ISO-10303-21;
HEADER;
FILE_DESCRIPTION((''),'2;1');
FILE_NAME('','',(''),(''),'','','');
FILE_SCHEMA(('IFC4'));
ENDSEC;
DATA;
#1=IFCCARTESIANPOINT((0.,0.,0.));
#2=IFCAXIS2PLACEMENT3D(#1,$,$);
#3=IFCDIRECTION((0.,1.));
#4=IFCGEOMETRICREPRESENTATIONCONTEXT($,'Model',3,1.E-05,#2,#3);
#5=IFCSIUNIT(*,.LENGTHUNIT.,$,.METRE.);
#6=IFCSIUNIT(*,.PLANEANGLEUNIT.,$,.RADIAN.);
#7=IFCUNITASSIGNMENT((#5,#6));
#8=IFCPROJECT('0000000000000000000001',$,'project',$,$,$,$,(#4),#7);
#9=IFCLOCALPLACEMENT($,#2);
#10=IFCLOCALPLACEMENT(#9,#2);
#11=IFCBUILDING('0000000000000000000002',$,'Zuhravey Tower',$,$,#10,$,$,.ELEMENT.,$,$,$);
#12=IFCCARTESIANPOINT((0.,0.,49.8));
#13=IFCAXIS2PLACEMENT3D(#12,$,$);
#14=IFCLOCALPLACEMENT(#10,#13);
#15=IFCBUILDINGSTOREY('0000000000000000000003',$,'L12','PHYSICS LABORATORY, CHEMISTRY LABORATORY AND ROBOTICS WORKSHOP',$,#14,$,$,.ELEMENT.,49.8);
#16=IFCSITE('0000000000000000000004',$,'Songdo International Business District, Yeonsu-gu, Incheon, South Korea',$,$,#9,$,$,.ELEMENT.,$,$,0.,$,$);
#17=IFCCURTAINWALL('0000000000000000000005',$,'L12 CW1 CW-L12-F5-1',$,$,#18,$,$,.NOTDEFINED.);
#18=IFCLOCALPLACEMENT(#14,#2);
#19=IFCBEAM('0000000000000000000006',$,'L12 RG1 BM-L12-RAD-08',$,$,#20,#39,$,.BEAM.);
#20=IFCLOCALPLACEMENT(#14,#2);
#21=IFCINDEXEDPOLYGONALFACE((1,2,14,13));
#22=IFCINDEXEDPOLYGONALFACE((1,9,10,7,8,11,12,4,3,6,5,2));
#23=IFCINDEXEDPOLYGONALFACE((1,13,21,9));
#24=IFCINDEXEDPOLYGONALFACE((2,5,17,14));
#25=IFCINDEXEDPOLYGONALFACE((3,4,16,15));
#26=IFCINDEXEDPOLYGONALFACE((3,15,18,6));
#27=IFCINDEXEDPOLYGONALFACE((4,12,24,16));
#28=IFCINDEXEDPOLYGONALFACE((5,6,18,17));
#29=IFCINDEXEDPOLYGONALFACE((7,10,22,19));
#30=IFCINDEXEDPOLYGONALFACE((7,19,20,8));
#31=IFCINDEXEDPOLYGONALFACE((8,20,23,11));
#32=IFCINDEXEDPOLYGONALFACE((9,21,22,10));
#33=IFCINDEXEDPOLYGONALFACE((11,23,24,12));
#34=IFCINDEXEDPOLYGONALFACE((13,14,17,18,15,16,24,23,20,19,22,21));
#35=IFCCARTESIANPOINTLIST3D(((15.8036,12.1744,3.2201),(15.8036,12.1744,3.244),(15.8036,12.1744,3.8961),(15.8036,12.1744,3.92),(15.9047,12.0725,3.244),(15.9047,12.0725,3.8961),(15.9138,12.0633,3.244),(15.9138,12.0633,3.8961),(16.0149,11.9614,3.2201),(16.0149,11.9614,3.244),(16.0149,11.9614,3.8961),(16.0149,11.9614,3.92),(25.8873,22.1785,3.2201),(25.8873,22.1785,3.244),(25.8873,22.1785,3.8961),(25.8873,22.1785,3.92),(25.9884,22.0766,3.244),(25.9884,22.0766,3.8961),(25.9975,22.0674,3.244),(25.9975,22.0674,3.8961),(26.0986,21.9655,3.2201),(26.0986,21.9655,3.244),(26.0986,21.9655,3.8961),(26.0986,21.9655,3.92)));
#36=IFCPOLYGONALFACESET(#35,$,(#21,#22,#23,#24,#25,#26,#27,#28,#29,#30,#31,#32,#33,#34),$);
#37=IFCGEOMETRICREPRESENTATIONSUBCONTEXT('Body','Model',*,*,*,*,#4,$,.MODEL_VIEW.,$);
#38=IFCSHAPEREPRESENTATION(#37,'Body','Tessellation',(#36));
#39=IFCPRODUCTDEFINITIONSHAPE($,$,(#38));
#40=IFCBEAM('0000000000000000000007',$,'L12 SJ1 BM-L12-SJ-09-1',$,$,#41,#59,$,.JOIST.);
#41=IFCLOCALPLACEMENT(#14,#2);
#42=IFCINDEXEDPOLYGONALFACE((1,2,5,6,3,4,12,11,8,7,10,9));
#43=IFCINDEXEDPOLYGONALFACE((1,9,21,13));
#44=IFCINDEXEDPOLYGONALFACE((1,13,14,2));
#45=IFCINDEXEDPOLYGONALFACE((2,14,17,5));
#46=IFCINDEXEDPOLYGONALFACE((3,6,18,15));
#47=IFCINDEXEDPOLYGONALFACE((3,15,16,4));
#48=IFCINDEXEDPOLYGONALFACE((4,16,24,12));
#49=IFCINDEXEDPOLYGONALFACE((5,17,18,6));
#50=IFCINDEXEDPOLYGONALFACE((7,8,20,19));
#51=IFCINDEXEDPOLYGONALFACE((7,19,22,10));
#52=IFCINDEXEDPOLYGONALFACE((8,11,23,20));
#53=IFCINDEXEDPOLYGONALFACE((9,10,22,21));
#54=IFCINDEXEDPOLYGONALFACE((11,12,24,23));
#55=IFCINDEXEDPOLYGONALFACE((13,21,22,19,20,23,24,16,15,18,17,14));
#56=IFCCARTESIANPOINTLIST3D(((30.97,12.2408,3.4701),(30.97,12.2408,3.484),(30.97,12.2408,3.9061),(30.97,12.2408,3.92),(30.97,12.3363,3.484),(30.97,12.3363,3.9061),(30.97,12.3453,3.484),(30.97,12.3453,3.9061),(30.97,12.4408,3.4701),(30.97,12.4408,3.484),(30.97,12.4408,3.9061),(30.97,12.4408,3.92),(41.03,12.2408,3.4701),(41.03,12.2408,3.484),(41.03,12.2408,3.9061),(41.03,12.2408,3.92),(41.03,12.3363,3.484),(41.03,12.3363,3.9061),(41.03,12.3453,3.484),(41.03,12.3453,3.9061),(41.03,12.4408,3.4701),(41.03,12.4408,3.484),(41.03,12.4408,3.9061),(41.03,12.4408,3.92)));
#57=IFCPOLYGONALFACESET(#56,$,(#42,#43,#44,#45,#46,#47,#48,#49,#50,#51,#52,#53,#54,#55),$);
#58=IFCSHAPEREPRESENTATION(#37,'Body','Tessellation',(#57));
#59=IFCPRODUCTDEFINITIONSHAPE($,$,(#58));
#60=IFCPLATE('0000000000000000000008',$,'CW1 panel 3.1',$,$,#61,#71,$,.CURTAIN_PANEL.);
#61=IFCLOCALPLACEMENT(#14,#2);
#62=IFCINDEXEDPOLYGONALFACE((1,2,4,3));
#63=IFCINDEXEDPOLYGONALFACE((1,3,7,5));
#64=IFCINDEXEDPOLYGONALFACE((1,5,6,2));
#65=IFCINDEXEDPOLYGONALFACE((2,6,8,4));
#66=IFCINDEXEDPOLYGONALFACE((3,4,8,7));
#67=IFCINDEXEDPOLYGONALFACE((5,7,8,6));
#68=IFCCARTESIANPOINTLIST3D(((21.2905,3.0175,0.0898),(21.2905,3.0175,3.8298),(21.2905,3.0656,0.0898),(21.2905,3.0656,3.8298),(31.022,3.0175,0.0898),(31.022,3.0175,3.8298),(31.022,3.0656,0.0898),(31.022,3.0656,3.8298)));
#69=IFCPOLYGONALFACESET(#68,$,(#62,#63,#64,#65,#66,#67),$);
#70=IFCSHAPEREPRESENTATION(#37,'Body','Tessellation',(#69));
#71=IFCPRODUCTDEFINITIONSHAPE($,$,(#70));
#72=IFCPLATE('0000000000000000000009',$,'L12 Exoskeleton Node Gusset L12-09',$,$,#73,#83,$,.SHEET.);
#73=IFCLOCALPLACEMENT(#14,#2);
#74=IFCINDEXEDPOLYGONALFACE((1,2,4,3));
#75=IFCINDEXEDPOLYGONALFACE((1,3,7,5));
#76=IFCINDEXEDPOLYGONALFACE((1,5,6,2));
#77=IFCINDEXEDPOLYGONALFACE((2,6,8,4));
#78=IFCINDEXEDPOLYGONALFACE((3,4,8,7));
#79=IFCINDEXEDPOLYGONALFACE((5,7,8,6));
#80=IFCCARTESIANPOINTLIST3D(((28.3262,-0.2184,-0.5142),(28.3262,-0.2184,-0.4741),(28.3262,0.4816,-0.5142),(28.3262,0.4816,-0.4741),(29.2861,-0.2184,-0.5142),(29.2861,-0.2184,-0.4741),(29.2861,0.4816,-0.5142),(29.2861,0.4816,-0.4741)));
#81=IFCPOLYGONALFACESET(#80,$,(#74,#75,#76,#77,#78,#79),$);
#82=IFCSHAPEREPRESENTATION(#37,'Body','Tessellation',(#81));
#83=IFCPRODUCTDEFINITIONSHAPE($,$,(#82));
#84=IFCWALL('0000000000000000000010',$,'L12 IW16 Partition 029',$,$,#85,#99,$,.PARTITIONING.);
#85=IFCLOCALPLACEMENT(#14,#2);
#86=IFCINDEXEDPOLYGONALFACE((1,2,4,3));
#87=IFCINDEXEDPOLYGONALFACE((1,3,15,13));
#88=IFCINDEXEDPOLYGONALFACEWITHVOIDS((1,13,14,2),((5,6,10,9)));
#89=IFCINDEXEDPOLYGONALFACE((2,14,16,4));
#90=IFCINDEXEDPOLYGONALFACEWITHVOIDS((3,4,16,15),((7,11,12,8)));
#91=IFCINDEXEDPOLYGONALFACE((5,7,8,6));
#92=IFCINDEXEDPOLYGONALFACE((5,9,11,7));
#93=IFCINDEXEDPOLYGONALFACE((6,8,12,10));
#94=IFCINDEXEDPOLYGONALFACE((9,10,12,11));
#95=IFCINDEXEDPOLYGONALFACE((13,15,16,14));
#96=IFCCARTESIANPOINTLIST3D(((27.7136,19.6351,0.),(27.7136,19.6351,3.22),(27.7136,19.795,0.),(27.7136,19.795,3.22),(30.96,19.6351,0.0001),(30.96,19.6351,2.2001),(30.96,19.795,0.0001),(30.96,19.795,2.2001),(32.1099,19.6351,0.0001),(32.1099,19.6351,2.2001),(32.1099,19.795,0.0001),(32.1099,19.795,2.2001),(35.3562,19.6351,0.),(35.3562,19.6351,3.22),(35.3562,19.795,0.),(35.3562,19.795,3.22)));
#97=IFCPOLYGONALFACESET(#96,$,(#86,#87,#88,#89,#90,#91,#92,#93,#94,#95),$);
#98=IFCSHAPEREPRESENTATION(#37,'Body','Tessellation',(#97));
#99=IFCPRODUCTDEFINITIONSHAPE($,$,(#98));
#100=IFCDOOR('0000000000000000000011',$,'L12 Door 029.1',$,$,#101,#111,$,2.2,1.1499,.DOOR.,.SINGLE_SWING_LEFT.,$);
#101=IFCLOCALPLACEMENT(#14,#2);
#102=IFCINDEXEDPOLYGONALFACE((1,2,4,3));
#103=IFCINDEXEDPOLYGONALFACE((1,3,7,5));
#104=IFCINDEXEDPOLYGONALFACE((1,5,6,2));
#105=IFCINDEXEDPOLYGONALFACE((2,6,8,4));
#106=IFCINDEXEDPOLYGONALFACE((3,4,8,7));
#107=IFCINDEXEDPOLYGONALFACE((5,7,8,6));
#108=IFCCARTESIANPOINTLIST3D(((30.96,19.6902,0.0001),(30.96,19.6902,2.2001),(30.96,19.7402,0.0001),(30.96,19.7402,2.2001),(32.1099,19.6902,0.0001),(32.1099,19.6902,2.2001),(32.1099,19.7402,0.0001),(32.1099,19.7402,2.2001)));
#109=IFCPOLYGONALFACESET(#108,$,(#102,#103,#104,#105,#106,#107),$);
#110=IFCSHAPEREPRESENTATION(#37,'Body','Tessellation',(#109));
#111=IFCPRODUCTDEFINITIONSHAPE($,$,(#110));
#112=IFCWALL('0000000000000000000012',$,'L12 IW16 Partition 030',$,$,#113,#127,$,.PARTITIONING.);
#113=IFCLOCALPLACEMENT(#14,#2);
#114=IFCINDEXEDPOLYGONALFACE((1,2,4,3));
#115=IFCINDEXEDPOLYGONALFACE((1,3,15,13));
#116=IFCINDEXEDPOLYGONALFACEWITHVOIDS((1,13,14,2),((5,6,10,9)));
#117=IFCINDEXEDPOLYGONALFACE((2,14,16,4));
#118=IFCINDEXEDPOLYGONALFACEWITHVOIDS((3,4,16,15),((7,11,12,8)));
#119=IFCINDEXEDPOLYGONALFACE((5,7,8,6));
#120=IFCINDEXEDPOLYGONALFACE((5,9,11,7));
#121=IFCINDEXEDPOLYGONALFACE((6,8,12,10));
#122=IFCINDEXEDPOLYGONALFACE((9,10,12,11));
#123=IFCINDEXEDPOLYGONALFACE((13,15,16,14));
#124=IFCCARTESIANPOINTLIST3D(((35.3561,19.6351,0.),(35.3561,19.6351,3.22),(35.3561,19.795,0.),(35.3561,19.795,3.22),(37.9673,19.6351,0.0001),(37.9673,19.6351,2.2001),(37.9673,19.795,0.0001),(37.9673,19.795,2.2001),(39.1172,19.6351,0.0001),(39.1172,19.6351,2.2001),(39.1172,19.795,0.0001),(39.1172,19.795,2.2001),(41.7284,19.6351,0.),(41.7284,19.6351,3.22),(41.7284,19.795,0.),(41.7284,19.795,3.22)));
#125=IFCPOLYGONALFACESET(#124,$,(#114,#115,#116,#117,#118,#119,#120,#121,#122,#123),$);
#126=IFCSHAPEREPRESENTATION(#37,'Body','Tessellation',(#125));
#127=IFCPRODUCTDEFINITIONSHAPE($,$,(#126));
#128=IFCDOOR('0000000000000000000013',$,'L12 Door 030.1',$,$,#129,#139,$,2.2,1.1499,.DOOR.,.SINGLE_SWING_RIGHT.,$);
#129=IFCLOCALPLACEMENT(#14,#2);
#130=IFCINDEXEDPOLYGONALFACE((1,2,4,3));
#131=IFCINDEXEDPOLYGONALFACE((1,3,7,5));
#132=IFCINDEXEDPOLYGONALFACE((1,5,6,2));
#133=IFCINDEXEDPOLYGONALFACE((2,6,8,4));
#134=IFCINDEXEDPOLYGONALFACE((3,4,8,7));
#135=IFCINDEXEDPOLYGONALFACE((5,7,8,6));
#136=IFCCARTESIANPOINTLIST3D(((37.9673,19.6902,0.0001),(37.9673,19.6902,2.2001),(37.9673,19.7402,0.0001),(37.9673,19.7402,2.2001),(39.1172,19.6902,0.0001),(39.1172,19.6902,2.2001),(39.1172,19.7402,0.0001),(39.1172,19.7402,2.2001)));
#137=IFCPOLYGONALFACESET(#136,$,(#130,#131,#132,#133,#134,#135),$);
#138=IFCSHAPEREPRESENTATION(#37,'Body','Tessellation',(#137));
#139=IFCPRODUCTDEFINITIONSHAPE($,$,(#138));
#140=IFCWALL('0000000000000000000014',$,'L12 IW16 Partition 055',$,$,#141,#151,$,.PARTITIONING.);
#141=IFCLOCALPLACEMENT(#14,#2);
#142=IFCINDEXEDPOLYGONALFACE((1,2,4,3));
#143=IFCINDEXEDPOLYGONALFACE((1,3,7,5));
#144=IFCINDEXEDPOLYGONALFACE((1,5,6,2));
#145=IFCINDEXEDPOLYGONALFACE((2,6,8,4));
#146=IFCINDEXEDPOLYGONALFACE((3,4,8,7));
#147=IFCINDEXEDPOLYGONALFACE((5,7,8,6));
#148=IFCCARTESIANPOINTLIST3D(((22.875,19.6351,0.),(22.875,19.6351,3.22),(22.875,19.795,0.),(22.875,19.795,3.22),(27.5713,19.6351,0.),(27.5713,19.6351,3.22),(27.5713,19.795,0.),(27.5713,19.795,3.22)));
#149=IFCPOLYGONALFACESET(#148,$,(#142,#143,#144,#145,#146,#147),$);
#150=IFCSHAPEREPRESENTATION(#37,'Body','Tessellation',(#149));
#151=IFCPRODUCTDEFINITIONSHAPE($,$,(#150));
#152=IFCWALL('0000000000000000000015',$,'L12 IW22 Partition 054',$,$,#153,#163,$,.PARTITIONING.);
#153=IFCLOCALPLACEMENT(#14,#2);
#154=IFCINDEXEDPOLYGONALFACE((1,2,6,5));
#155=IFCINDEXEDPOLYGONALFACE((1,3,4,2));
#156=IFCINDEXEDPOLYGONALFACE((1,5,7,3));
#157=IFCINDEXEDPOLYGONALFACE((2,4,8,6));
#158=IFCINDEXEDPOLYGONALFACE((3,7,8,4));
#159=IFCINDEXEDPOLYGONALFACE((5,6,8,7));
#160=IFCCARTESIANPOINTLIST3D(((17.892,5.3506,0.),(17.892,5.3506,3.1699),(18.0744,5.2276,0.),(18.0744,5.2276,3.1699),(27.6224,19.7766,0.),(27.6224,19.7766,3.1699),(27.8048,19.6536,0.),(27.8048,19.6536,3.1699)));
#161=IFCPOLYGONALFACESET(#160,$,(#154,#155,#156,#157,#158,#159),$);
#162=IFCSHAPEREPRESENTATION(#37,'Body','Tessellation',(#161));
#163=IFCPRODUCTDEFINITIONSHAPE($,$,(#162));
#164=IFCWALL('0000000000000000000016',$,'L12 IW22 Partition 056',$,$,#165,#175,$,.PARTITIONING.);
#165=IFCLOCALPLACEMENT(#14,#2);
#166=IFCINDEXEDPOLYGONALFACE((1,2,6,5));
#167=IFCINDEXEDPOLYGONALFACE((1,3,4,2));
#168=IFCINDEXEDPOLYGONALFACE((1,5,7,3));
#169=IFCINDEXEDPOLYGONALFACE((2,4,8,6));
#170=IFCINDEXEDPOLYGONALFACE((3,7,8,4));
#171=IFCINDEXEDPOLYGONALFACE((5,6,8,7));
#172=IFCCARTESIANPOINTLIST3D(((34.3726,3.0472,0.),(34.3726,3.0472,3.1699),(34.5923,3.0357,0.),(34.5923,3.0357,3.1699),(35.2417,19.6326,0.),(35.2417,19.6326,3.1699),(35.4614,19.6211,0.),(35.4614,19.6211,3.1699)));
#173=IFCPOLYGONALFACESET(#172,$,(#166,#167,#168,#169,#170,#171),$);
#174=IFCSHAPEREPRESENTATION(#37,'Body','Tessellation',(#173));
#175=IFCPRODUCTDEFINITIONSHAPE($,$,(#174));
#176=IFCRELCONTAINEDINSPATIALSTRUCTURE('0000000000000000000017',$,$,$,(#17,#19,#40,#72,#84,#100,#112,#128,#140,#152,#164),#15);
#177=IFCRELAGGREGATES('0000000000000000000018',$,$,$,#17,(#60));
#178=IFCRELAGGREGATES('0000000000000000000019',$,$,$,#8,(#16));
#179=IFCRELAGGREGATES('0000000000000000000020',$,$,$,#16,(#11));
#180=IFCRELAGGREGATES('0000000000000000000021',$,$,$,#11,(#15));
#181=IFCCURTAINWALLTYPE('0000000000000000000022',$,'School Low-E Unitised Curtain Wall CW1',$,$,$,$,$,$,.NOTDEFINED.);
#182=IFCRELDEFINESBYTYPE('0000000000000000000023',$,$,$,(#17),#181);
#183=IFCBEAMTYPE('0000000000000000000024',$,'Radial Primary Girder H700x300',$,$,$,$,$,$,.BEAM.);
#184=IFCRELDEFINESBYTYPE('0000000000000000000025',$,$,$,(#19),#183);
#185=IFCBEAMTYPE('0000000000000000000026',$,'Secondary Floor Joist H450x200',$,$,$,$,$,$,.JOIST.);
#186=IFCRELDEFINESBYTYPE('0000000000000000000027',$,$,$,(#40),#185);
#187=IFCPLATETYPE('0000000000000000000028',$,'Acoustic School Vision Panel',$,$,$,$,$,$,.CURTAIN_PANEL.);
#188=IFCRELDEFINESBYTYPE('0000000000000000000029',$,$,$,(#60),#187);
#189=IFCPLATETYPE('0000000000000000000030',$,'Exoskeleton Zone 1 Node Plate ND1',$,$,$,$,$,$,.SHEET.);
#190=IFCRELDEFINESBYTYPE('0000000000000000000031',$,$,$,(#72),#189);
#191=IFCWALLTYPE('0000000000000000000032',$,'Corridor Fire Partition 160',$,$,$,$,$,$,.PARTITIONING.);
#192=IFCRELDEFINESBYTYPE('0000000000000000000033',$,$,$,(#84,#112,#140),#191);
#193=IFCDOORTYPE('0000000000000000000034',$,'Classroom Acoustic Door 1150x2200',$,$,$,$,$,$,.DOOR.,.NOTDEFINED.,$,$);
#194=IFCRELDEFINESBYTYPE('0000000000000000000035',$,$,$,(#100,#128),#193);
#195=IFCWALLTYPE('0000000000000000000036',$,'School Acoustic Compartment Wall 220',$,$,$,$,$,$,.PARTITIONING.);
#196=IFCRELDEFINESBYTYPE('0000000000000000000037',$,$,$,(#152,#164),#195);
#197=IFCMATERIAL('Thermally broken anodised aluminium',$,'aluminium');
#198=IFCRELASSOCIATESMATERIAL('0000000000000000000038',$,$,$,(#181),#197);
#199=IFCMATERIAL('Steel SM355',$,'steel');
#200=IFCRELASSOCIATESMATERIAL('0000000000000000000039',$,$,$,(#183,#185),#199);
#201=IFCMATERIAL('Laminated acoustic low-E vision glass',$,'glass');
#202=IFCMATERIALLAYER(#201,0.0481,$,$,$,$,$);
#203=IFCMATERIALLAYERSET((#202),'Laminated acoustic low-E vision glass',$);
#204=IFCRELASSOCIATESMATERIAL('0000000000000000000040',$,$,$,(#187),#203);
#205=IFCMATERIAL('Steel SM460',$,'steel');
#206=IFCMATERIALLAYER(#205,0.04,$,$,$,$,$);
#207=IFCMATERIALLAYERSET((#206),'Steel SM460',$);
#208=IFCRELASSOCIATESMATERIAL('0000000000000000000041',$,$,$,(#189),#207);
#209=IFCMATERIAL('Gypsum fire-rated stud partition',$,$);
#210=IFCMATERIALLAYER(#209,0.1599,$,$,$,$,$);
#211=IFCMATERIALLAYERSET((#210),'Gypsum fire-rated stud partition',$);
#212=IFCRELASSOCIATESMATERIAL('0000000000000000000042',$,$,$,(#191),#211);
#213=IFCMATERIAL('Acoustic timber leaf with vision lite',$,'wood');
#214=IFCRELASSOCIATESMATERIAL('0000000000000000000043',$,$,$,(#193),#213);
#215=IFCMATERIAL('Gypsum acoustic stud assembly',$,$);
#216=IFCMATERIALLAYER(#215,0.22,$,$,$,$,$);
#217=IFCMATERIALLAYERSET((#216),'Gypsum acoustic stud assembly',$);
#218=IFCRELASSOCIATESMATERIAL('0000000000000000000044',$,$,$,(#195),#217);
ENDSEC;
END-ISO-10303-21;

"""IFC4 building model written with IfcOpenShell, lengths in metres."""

from ifc_helpers import new_model, si_unit, direction, frame, frame_2d, origin, origin_2d, place, context, subcontext, project, spatial, rectangle, i_section, extrude, material, layer, layer_set, material_profile, profile_set, type_object, element, fill, aggregate, save


model = new_model("IFC4")

# Units and contexts
model_context = context("Model", 3, precision=1e-05, world=origin(), true_north=direction((0.0, 1.0)))
body_context = subcontext(model_context, "Body", "Model", "MODEL_VIEW")
ifc_project = project(units=[si_unit("LENGTHUNIT", "METRE"), si_unit("PLANEANGLEUNIT", "RADIAN")], contexts=[model_context])

# Site, building, storey
site_placement = place(None, origin())
site = spatial("IfcSite", under=ifc_project, at=site_placement, Name="Songdo International Business District, Yeonsu-gu, Incheon, South Korea", CompositionType="ELEMENT", RefElevation=0.0)
building_placement = place(site_placement, origin())
building = spatial("IfcBuilding", under=site, at=building_placement, Name="Zuhravey Tower", CompositionType="ELEMENT")
storey_placement = place(building_placement, frame((0.0, 0.0, 49.8)))
storey = spatial("IfcBuildingStorey", under=building, at=storey_placement, Name="L12", Description="PHYSICS LABORATORY, CHEMISTRY LABORATORY AND ROBOTICS WORKSHOP", CompositionType="ELEMENT", Elevation=49.8)

# Curtain wall
ifc_material_1 = material(Name="Thermally broken anodised aluminium", Category="aluminium")
curtain_wall_type = type_object("IfcCurtainWallType", Name="School Low-E Unitised Curtain Wall CW1", PredefinedType="NOTDEFINED", material=ifc_material_1)
curtain_wall_placement = place(storey_placement, origin())
curtain_wall = element("IfcCurtainWall", 1, at=curtain_wall_placement, inside=storey, type_object=curtain_wall_type, Name="L12 CW1 CW-L12-F5-1", PredefinedType="NOTDEFINED")

# Shared definitions
ifc_material_2 = material(Name="Steel SM355", Category="steel")
ifc_material_3 = material(Name="Steel SM460", Category="steel")

# Beams
ifc_material_profile_1 = material_profile(ifc_material_2, i_section(OverallWidth=0.3, OverallDepth=0.7, WebThickness=0.0129, FlangeThickness=0.0239, at=origin_2d()), Name="H-700x300x13x24")
ifc_profile_set_1 = profile_set([ifc_material_profile_1], Name="Steel SM355")
beam_type_1 = type_object("IfcBeamType", Name="Radial Primary Girder H700x300", PredefinedType="BEAM", material=ifc_profile_set_1)
beam_1_placement = place(storey_placement, frame((25.9929, 22.072, 3.5701), z_axis=(-0.709903, -0.7043, 0.0), x_axis=(0.7043, -0.709903, 0.0)))
element("IfcBeam", 2, at=beam_1_placement, inside=storey, type_object=beam_type_1, Name="L12 RG1 BM-L12-RAD-08", PredefinedType="BEAM", context=body_context, shape_type="SweptSolid", body=[
    extrude(i_section(OverallWidth=0.3, OverallDepth=0.7, WebThickness=0.0129, FlangeThickness=0.0239, at=origin_2d()), origin(), (0.0, 0.0, 1.0), 14.2043),
])
ifc_material_profile_2 = material_profile(ifc_material_2, i_section(OverallWidth=0.2, OverallDepth=0.45, WebThickness=0.009, FlangeThickness=0.0139, at=origin_2d()), Name="H-450x200x9x14")
ifc_profile_set_2 = profile_set([ifc_material_profile_2], Name="Steel SM355")
beam_type_2 = type_object("IfcBeamType", Name="Secondary Floor Joist H450x200", PredefinedType="JOIST", material=ifc_profile_set_2)
beam_2_placement = place(storey_placement, frame((30.97, 12.3408, 3.6951), z_axis=(1.0, 0.0, 0.0), x_axis=(0.0, 1.0, 0.0)))
element("IfcBeam", 3, at=beam_2_placement, inside=storey, type_object=beam_type_2, Name="L12 SJ1 BM-L12-SJ-09-1", PredefinedType="JOIST", context=body_context, shape_type="SweptSolid", body=[
    extrude(i_section(OverallWidth=0.2, OverallDepth=0.45, WebThickness=0.009, FlangeThickness=0.0139, at=origin_2d()), origin(), (0.0, 0.0, 1.0), 10.0601),
])

# Plates
ifc_material_4 = material(Name="Laminated acoustic low-E vision glass", Category="glass")
ifc_layer_1 = layer(ifc_material_4, 0.0481)
ifc_layer_set_1 = layer_set([ifc_layer_1], Name="Laminated acoustic low-E vision glass")
plate_type_1 = type_object("IfcPlateType", Name="Acoustic School Vision Panel", PredefinedType="CURTAIN_PANEL", material=ifc_layer_set_1)
plate_1_placement = place(storey_placement, frame((26.1562, 3.0415, 0.0898), z_axis=(0.0, 0.0, 1.0), x_axis=(-1.0, 0.0, 0.0)))
plate_1 = element("IfcPlate", 4, at=plate_1_placement, type_object=plate_type_1, Name="CW1 panel 3.1", PredefinedType="CURTAIN_PANEL", context=body_context, shape_type="SweptSolid", body=[
    extrude(rectangle(XDim=9.7314, YDim=0.0481, at=origin_2d()), origin(), (0.0, 0.0, 1.0), 3.74),
])
aggregate(curtain_wall, [plate_1])
ifc_layer_2 = layer(ifc_material_3, 0.04)
ifc_layer_set_2 = layer_set([ifc_layer_2], Name="Steel SM460")
plate_type_2 = type_object("IfcPlateType", Name="Exoskeleton Zone 1 Node Plate ND1", PredefinedType="SHEET", material=ifc_layer_set_2)
plate_2_placement = place(storey_placement, frame((28.8062, 0.1316, -0.5142), z_axis=(0.0, 0.0, 1.0), x_axis=(1.0, 0.0, 0.0)))
element("IfcPlate", 5, at=plate_2_placement, inside=storey, type_object=plate_type_2, Name="L12 Exoskeleton Node Gusset L12-09", PredefinedType="SHEET", context=body_context, shape_type="SweptSolid", body=[
    extrude(rectangle(XDim=0.96, YDim=0.7, at=origin_2d()), origin(), (0.0, 0.0, 1.0), 0.04),
])

# Walls, openings, doors
ifc_material_5 = material(Name="Gypsum fire-rated stud partition")
ifc_layer_3 = layer(ifc_material_5, 0.1599)
ifc_layer_set_3 = layer_set([ifc_layer_3], Name="Gypsum fire-rated stud partition")
wall_type_1 = type_object("IfcWallType", Name="Corridor Fire Partition 160", PredefinedType="PARTITIONING", material=ifc_layer_set_3)
wall_1_placement = place(storey_placement, frame((27.7136, 19.7151, 0.0), z_axis=(0.0, 0.0, 1.0), x_axis=(1.0, 0.0, 0.0)))
wall_1 = element("IfcWall", 6, at=wall_1_placement, inside=storey, type_object=wall_type_1, Name="L12 IW16 Partition 029", PredefinedType="PARTITIONING", context=body_context, shape_type="SweptSolid", body=[
    extrude(rectangle(XDim=7.6426, YDim=0.1599, at=frame_2d((3.8213, 0.0))), origin(), (0.0, 0.0, 1.0), 3.22),
])
opening_1_placement = place(wall_1_placement, frame((3.2463, 0.0, 0.0)))
opening_1 = element("IfcOpeningElement", 7, at=opening_1_placement, cuts=wall_1, PredefinedType="OPENING", context=body_context, shape_type="SweptSolid", body=[
    extrude(rectangle(XDim=1.1499, YDim=2.2, at=frame_2d((0.575, 1.1001))), frame((0.0, 0.092, 0.0), z_axis=(0.0, -1.0, 0.0), x_axis=(1.0, 0.0, 0.0)), (0.0, 0.0, 1.0), 0.1838),
])
ifc_material_6 = material(Name="Acoustic timber leaf with vision lite", Category="wood")
door_type = type_object("IfcDoorType", Name="Classroom Acoustic Door 1150x2200", OperationType="NOTDEFINED", PredefinedType="DOOR", material=ifc_material_6)
door_1_placement = place(opening_1_placement, frame((1.1499, 0.0, 0.0), z_axis=(0.0, 0.0, 1.0), x_axis=(-1.0, 0.0, 0.0)))
door_1 = element("IfcDoor", 8, at=door_1_placement, inside=storey, type_object=door_type, Name="L12 Door 029.1", OperationType="SINGLE_SWING_LEFT", OverallHeight=2.2, OverallWidth=1.1499, PredefinedType="DOOR", context=body_context, shape_type="SweptSolid", body=[
    extrude(rectangle(XDim=1.1499, YDim=2.2, at=frame_2d((0.575, 1.1001))), frame((0.0, 0.0249, 0.0), z_axis=(0.0, -1.0, 0.0), x_axis=(1.0, 0.0, 0.0)), (0.0, 0.0, 1.0), 0.05),
])
fill(opening_1, door_1)
wall_2_placement = place(storey_placement, frame((35.3562, 19.7151, 0.0), z_axis=(0.0, 0.0, 1.0), x_axis=(1.0, 0.0, 0.0)))
wall_2 = element("IfcWall", 9, at=wall_2_placement, inside=storey, type_object=wall_type_1, Name="L12 IW16 Partition 030", PredefinedType="PARTITIONING", context=body_context, shape_type="SweptSolid", body=[
    extrude(rectangle(XDim=6.3723, YDim=0.1599, at=frame_2d((3.186, 0.0))), origin(), (0.0, 0.0, 1.0), 3.22),
])
opening_2_placement = place(wall_2_placement, frame((2.6111, 0.0, 0.0)))
opening_2 = element("IfcOpeningElement", 10, at=opening_2_placement, cuts=wall_2, PredefinedType="OPENING", context=body_context, shape_type="SweptSolid", body=[
    extrude(rectangle(XDim=1.1499, YDim=2.2, at=frame_2d((0.575, 1.1001))), frame((0.0, 0.092, 0.0), z_axis=(0.0, -1.0, 0.0), x_axis=(1.0, 0.0, 0.0)), (0.0, 0.0, 1.0), 0.1838),
])
door_2_placement = place(opening_2_placement, frame((1.1499, 0.0, 0.0), z_axis=(0.0, 0.0, 1.0), x_axis=(-1.0, 0.0, 0.0)))
door_2 = element("IfcDoor", 11, at=door_2_placement, inside=storey, type_object=door_type, Name="L12 Door 030.1", OperationType="SINGLE_SWING_RIGHT", OverallHeight=2.2, OverallWidth=1.1499, PredefinedType="DOOR", context=body_context, shape_type="SweptSolid", body=[
    extrude(rectangle(XDim=1.1499, YDim=2.2, at=frame_2d((0.575, 1.1001))), frame((0.0, 0.0249, 0.0), z_axis=(0.0, -1.0, 0.0), x_axis=(1.0, 0.0, 0.0)), (0.0, 0.0, 1.0), 0.05),
])
fill(opening_2, door_2)

# Walls
wall_3_placement = place(storey_placement, frame((22.875, 19.7151, 0.0), z_axis=(0.0, 0.0, 1.0), x_axis=(1.0, 0.0, 0.0)))
element("IfcWall", 12, at=wall_3_placement, inside=storey, type_object=wall_type_1, Name="L12 IW16 Partition 055", PredefinedType="PARTITIONING", context=body_context, shape_type="SweptSolid", body=[
    extrude(rectangle(XDim=4.6963, YDim=0.1599, at=frame_2d((2.3481, 0.0))), origin(), (0.0, 0.0, 1.0), 3.22),
])
ifc_material_7 = material(Name="Gypsum acoustic stud assembly")
ifc_layer_4 = layer(ifc_material_7, 0.22)
ifc_layer_set_4 = layer_set([ifc_layer_4], Name="Gypsum acoustic stud assembly")
wall_type_2 = type_object("IfcWallType", Name="School Acoustic Compartment Wall 220", PredefinedType="PARTITIONING", material=ifc_layer_set_4)
wall_4_placement = place(storey_placement, frame((27.7136, 19.7151, 0.0), z_axis=(0.0, 0.0, 1.0), x_axis=(-0.559193, -0.829038, 0.0)))
element("IfcWall", 13, at=wall_4_placement, inside=storey, type_object=wall_type_2, Name="L12 IW22 Partition 054", PredefinedType="PARTITIONING", context=body_context, shape_type="SweptSolid", body=[
    extrude(rectangle(XDim=17.4009, YDim=0.22, at=frame_2d((8.7004, 0.0))), origin(), (0.0, 0.0, 1.0), 3.1699),
])
wall_5_placement = place(storey_placement, frame((35.3516, 19.627, 0.0), z_axis=(0.0, 0.0, 1.0), x_axis=(-0.052332, -0.99863, 0.0)))
element("IfcWall", 14, at=wall_5_placement, inside=storey, type_object=wall_type_2, Name="L12 IW22 Partition 056", PredefinedType="PARTITIONING", context=body_context, shape_type="SweptSolid", body=[
    extrude(rectangle(XDim=16.6082, YDim=0.22, at=frame_2d((8.3042, 0.0))), origin(), (0.0, 0.0, 1.0), 3.1699),
])

save(model, "model.ifc")
